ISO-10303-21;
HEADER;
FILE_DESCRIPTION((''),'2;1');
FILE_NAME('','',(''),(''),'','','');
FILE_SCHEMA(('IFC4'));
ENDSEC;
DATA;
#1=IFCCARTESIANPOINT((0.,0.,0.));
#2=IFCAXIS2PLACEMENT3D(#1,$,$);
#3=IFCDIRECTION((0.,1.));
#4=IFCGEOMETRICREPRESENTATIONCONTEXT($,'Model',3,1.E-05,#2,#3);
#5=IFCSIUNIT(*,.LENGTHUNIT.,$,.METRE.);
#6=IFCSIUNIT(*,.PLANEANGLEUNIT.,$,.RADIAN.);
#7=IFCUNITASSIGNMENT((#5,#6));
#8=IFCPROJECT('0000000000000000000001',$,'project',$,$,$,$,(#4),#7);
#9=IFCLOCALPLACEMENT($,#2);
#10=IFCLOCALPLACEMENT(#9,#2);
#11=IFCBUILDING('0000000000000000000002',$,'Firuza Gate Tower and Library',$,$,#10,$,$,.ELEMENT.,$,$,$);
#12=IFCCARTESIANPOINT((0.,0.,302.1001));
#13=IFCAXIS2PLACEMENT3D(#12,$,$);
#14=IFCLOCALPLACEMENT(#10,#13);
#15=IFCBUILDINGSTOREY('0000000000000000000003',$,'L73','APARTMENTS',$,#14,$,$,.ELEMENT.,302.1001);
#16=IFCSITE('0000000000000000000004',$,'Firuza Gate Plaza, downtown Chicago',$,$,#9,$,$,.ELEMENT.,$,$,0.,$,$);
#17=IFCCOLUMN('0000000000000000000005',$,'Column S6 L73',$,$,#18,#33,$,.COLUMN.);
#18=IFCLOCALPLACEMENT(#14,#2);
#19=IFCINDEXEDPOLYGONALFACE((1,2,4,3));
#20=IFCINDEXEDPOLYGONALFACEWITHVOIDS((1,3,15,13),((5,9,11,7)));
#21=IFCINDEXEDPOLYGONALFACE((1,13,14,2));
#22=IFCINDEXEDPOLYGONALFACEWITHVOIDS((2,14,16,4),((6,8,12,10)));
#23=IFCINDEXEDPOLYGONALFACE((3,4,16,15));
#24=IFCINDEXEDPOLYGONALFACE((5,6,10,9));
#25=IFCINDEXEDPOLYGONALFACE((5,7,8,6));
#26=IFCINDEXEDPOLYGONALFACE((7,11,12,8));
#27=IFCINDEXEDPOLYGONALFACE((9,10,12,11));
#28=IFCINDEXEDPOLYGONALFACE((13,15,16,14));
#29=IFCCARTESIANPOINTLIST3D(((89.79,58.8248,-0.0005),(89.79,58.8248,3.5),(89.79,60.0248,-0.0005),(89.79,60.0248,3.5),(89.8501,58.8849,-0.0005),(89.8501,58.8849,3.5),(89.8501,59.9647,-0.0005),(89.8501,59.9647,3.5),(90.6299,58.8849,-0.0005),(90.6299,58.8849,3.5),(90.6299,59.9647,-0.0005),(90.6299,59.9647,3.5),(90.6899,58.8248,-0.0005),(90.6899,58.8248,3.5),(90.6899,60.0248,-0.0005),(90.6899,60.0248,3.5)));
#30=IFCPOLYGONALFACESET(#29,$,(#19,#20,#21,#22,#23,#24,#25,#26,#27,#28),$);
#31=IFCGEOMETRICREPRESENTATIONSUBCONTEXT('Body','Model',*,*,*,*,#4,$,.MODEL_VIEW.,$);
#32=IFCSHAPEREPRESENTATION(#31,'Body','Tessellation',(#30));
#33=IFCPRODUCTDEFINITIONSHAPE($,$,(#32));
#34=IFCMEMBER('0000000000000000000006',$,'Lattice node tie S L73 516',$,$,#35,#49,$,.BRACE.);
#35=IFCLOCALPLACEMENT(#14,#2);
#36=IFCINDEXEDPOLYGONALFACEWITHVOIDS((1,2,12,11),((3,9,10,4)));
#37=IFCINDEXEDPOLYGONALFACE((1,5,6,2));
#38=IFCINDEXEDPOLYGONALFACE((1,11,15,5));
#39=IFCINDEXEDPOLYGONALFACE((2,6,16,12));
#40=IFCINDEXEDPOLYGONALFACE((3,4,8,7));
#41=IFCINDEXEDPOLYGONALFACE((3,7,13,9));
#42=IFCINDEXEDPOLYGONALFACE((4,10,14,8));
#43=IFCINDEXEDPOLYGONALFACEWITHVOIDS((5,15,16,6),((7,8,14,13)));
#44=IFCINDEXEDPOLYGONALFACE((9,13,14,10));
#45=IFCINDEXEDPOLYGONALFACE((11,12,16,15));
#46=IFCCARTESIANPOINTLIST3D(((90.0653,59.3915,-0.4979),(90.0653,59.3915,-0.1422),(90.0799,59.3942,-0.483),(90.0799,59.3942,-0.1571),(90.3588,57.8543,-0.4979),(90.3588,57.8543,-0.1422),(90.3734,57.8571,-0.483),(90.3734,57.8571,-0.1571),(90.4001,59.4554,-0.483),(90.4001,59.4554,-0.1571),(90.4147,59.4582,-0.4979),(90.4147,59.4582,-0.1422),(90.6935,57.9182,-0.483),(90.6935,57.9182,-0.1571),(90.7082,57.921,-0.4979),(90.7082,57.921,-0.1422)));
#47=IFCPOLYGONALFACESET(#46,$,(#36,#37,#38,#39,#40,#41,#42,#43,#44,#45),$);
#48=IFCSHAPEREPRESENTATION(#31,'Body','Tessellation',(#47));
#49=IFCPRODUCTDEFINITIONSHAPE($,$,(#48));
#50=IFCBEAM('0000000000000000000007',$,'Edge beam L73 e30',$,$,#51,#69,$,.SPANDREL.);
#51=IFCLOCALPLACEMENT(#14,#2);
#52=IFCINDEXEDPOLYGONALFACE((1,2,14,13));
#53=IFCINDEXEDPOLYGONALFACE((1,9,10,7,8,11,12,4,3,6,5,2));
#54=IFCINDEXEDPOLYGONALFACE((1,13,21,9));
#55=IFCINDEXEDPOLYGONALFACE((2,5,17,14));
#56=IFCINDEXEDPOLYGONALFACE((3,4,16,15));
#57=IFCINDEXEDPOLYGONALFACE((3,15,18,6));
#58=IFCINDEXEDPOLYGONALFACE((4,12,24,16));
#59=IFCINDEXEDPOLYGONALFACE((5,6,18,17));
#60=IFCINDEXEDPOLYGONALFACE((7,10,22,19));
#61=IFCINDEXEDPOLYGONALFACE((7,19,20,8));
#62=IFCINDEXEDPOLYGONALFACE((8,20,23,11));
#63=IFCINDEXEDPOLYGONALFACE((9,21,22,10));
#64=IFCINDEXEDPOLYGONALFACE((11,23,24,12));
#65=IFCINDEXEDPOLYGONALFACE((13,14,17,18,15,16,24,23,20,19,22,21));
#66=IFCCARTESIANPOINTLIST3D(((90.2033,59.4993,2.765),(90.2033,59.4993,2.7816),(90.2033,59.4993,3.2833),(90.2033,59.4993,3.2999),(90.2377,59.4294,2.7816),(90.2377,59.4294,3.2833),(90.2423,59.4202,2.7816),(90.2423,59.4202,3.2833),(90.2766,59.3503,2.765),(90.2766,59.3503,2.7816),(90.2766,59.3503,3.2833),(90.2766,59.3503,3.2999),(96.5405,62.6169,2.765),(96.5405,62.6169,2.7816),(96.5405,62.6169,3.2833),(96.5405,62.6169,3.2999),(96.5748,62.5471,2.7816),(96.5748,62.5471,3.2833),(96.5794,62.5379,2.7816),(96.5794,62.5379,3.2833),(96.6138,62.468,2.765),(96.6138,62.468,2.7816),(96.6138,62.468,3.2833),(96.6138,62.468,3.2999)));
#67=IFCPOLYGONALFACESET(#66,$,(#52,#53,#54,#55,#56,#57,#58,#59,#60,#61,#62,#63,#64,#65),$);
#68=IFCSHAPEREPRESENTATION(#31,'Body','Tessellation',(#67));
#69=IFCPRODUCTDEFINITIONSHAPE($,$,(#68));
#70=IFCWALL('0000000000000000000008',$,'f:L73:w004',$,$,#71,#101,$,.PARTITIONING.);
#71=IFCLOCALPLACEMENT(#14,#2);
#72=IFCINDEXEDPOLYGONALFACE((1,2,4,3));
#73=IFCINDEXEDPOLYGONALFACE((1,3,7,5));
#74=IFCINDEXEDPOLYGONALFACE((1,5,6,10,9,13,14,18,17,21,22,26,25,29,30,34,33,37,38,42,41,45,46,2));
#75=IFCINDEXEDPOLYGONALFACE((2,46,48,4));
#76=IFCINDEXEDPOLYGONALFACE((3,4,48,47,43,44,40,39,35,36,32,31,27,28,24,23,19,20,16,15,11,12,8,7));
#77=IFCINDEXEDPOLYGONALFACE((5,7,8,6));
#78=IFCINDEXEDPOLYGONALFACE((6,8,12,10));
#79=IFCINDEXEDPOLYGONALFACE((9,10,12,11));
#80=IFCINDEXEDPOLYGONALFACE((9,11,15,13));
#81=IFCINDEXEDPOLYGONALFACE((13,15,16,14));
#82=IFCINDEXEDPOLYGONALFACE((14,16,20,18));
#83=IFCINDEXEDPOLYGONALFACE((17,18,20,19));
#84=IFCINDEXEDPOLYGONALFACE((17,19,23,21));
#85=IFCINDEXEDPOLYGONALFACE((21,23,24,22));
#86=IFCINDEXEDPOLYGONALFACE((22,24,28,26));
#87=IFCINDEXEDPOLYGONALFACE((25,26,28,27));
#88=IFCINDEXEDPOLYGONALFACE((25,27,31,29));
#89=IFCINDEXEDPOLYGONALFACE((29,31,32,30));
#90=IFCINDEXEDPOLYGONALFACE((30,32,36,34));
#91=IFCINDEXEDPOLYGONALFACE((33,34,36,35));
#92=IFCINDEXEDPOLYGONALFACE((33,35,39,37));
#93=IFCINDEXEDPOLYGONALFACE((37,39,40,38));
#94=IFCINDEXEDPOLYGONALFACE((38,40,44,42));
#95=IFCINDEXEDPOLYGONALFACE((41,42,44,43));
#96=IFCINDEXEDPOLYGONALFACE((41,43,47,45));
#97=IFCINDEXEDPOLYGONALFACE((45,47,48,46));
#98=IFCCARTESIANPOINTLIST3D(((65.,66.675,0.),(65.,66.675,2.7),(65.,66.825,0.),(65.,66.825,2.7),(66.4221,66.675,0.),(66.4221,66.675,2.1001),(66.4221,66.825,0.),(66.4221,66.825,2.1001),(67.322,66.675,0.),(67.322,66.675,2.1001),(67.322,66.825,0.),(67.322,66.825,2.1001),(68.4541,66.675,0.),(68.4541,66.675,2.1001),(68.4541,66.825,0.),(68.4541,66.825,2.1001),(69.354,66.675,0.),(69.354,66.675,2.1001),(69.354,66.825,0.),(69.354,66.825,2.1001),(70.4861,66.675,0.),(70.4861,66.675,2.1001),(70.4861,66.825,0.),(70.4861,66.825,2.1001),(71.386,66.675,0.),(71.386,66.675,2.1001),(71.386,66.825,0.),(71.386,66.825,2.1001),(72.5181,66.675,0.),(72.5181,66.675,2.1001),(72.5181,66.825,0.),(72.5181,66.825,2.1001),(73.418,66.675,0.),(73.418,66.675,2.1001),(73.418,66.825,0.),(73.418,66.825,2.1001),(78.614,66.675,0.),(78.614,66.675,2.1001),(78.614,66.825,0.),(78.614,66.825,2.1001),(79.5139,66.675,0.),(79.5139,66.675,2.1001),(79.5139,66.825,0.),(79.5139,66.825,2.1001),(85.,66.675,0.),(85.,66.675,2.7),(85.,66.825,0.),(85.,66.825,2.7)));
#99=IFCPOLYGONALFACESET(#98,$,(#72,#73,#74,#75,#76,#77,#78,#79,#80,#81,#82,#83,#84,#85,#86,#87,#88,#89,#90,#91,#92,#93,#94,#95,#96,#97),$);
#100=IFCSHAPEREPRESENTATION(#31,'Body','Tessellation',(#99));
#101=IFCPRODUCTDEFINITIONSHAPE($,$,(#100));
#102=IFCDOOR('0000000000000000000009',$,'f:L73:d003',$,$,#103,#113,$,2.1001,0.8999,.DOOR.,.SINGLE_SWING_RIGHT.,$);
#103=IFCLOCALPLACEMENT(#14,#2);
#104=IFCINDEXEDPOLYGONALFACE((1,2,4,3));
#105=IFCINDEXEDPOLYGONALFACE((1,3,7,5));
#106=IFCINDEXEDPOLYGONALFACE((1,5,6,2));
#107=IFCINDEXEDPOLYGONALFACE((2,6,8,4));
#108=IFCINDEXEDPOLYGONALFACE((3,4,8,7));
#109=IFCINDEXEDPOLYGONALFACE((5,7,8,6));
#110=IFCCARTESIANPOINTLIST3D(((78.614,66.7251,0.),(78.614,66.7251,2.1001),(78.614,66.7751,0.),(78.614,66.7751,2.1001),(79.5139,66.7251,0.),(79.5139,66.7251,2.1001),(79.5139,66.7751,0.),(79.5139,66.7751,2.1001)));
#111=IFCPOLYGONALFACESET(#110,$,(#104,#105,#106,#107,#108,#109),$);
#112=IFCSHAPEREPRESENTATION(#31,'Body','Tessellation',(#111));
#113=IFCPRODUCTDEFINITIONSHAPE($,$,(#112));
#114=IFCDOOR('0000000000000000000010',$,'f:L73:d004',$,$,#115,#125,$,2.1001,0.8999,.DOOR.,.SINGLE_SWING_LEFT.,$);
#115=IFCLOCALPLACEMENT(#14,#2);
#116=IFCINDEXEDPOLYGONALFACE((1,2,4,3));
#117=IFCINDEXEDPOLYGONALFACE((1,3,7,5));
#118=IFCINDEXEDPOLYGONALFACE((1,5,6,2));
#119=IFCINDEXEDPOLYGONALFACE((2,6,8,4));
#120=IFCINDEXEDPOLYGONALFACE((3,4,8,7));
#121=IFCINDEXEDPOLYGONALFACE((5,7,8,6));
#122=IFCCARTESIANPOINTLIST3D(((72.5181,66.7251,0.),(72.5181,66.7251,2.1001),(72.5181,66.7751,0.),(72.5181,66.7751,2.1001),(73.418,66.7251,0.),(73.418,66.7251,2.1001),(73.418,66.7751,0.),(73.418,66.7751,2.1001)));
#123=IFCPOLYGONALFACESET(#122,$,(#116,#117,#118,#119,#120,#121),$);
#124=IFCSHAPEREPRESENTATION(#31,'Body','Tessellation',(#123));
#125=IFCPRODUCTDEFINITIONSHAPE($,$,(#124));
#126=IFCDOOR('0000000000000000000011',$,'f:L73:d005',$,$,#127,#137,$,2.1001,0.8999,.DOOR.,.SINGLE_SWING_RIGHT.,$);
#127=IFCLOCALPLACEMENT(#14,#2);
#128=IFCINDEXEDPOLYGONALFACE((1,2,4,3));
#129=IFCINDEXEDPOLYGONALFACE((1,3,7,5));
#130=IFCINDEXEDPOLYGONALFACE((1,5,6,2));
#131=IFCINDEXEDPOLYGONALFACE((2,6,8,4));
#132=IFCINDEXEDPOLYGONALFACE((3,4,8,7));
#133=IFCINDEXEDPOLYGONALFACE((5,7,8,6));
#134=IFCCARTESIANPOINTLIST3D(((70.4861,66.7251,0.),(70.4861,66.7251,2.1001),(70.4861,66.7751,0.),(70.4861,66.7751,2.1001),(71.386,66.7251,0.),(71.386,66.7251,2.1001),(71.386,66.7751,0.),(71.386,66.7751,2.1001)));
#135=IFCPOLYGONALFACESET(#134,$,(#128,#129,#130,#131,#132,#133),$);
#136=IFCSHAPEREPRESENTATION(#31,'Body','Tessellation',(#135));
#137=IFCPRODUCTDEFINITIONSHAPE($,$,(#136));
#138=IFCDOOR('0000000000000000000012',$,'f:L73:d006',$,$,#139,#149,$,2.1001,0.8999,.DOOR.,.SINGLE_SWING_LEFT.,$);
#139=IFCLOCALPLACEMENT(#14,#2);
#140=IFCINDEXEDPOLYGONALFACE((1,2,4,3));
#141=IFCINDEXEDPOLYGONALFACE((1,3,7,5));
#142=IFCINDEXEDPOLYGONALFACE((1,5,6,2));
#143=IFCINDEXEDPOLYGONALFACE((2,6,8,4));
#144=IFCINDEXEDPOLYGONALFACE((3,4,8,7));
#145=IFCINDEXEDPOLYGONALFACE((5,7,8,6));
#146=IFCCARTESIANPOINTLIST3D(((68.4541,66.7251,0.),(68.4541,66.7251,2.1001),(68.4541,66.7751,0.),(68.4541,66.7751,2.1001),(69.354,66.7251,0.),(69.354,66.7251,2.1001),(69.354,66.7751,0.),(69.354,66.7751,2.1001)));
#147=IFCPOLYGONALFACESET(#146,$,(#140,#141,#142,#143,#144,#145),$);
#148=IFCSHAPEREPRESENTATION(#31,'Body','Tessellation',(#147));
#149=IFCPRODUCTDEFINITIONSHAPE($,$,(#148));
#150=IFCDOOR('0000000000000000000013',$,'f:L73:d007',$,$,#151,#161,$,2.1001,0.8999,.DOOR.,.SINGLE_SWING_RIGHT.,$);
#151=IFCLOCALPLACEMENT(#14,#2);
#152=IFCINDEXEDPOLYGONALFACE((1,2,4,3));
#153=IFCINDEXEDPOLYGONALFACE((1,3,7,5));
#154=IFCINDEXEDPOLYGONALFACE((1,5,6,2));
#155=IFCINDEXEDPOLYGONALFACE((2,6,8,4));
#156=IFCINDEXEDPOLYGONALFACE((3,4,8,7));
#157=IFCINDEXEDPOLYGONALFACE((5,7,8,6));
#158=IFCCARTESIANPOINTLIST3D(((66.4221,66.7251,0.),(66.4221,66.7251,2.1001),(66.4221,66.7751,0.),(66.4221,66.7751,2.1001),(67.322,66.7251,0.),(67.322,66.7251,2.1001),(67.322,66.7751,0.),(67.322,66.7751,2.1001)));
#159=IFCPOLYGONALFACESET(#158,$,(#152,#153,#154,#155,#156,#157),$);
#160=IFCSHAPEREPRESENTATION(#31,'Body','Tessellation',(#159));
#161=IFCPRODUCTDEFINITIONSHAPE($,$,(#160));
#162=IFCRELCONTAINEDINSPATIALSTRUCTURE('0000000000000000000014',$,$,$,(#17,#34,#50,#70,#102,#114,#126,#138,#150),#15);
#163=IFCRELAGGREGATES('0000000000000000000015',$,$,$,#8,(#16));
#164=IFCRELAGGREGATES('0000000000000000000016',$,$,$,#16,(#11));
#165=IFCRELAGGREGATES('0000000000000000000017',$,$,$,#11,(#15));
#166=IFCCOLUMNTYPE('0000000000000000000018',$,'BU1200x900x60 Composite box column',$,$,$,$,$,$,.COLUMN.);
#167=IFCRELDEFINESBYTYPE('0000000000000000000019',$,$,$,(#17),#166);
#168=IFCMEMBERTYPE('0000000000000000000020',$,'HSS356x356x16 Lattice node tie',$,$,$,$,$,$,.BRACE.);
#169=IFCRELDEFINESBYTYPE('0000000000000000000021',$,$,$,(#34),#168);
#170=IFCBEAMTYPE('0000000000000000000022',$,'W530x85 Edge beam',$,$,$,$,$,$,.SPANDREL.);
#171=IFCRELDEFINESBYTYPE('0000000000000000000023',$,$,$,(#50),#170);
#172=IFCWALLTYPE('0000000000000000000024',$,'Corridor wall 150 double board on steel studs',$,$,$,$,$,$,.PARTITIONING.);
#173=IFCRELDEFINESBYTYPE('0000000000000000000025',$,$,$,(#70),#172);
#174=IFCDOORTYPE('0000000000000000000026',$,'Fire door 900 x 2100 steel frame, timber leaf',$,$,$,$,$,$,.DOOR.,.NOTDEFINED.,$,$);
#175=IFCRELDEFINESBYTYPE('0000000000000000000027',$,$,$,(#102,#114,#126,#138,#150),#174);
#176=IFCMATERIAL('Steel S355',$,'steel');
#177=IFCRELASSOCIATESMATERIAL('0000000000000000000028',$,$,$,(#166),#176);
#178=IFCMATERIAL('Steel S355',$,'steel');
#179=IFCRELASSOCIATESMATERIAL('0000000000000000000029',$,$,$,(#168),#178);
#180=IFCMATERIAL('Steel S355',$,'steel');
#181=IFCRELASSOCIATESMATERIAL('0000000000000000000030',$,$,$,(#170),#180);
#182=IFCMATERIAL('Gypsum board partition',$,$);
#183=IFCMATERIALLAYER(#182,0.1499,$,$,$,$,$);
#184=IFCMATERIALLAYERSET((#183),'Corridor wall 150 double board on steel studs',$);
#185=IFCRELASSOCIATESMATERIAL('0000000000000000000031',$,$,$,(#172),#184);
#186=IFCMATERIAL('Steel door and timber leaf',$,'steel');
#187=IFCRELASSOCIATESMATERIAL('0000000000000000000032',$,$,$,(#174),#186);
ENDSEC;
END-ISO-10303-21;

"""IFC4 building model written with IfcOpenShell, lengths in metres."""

from ifc_helpers import new_model, si_unit, direction, frame, frame_2d, origin, origin_2d, place, context, subcontext, project, spatial, rectangle, hollow_rectangle, i_section, extrude, material, layer, layer_set, material_profile, profile_set, type_object, element, fill, save


model = new_model("IFC4")

# Units and contexts
model_context = context("Model", 3, precision=1e-05, world=origin(), true_north=direction((0.0, 1.0)))
body_context = subcontext(model_context, "Body", "Model", "MODEL_VIEW")
ifc_project = project(units=[si_unit("LENGTHUNIT", "METRE"), si_unit("PLANEANGLEUNIT", "RADIAN")], contexts=[model_context])

# Site, building, storey
site_placement = place(None, origin())
site = spatial("IfcSite", under=ifc_project, at=site_placement, Name="Firuza Gate Plaza, downtown Chicago", CompositionType="ELEMENT", RefElevation=0.0)
building_placement = place(site_placement, origin())
building = spatial("IfcBuilding", under=site, at=building_placement, Name="Firuza Gate Tower and Library", CompositionType="ELEMENT")
storey_placement = place(building_placement, frame((0.0, 0.0, 302.1001)))
storey = spatial("IfcBuildingStorey", under=building, at=storey_placement, Name="L73", Description="APARTMENTS", CompositionType="ELEMENT", Elevation=302.1001)

# Column
ifc_material_1 = material(Name="Steel S355", Category="steel")
ifc_material_profile_1 = material_profile(ifc_material_1, hollow_rectangle(XDim=0.8999, YDim=1.2, WallThickness=0.0601, at=origin_2d()))
ifc_profile_set_1 = profile_set([ifc_material_profile_1], Name="Steel S355")
column_type = type_object("IfcColumnType", Name="BU1200x900x60 Composite box column", PredefinedType="COLUMN", material=ifc_profile_set_1)
column_placement = place(storey_placement, frame((90.24, 59.4248, -0.0005), z_axis=(0.0, 0.0, 1.0), x_axis=(1.0, 0.0, 0.0)))
element("IfcColumn", 1, at=column_placement, inside=storey, type_object=column_type, Name="Column S6 L73", PredefinedType="COLUMN", context=body_context, shape_type="SweptSolid", body=[
    extrude(hollow_rectangle(XDim=0.8999, YDim=1.2, WallThickness=0.0601, at=origin_2d()), origin(), (0.0, 0.0, 1.0), 3.5005),
])

# Member
ifc_material_2 = material(Name="Steel S355", Category="steel")
ifc_material_profile_2 = material_profile(ifc_material_2, hollow_rectangle(XDim=0.3557, YDim=0.3557, WallThickness=0.0149, at=origin_2d()))
ifc_profile_set_2 = profile_set([ifc_material_profile_2], Name="Steel S355")
member_type = type_object("IfcMemberType", Name="HSS356x356x16 Lattice node tie", PredefinedType="BRACE", material=ifc_profile_set_2)
member_placement = place(storey_placement, frame((90.24, 59.4248, -0.3201), z_axis=(0.187528, -0.982259, 0.0), x_axis=(0.982259, 0.187528, 0.0)))
element("IfcMember", 2, at=member_placement, inside=storey, type_object=member_type, Name="Lattice node tie S L73 516", PredefinedType="BRACE", context=body_context, shape_type="SweptSolid", body=[
    extrude(hollow_rectangle(XDim=0.3557, YDim=0.3557, WallThickness=0.0149, at=origin_2d()), origin(), (0.0, 0.0, 1.0), 1.5649),
])

# Beam
ifc_material_3 = material(Name="Steel S355", Category="steel")
ifc_material_profile_3 = material_profile(ifc_material_3, i_section(OverallWidth=0.166, OverallDepth=0.5349, WebThickness=0.0103, FlangeThickness=0.0166, at=origin_2d()))
ifc_profile_set_3 = profile_set([ifc_material_profile_3], Name="Steel S355")
beam_type = type_object("IfcBeamType", Name="W530x85 Edge beam", PredefinedType="SPANDREL", material=ifc_profile_set_3)
beam_placement = place(storey_placement, frame((90.24, 59.4248, 3.0325), z_axis=(0.897292, 0.441438, 0.0), x_axis=(-0.441438, 0.897292, 0.0)))
element("IfcBeam", 3, at=beam_placement, inside=storey, type_object=beam_type, Name="Edge beam L73 e30", PredefinedType="SPANDREL", context=body_context, shape_type="SweptSolid", body=[
    extrude(i_section(OverallWidth=0.166, OverallDepth=0.5349, WebThickness=0.0103, FlangeThickness=0.0166, at=origin_2d()), origin(), (0.0, 0.0, 1.0), 7.0625),
])

# Wall, openings, doors
ifc_material_4 = material(Name="Gypsum board partition")
ifc_layer_1 = layer(ifc_material_4, 0.1499)
ifc_layer_set_1 = layer_set([ifc_layer_1], Name="Corridor wall 150 double board on steel studs")
wall_type_1 = type_object("IfcWallType", Name="Corridor wall 150 double board on steel studs", PredefinedType="PARTITIONING", material=ifc_layer_set_1)
wall_1_placement = place(storey_placement, frame((85.0, 66.75, 0.0), z_axis=(0.0, 0.0, 1.0), x_axis=(-1.0, 0.0, 0.0)))
wall_1 = element("IfcWall", 4, at=wall_1_placement, inside=storey, type_object=wall_type_1, Name="f:L73:w004", PredefinedType="PARTITIONING", context=body_context, shape_type="SweptSolid", body=[
    extrude(rectangle(XDim=20.0, YDim=0.1499, at=frame_2d((10.0, 0.0))), origin(), (0.0, 0.0, 1.0), 2.7),
])
opening_1_placement = place(wall_1_placement, frame((5.4861, 0.0, 0.0)))
opening_1 = element("IfcOpeningElement", 5, at=opening_1_placement, cuts=wall_1, PredefinedType="OPENING", context=body_context, shape_type="SweptSolid", body=[
    extrude(rectangle(XDim=0.8999, YDim=2.1001, at=frame_2d((0.45, 1.05))), frame((0.0, 0.085, 0.0), z_axis=(0.0, -1.0, 0.0), x_axis=(1.0, 0.0, 0.0)), (0.0, 0.0, 1.0), 0.1699),
])
opening_2_placement = place(wall_1_placement, frame((11.582, 0.0, 0.0)))
opening_2 = element("IfcOpeningElement", 6, at=opening_2_placement, cuts=wall_1, PredefinedType="OPENING", context=body_context, shape_type="SweptSolid", body=[
    extrude(rectangle(XDim=0.8999, YDim=2.1001, at=frame_2d((0.45, 1.05))), frame((0.0, 0.085, 0.0), z_axis=(0.0, -1.0, 0.0), x_axis=(1.0, 0.0, 0.0)), (0.0, 0.0, 1.0), 0.1699),
])
opening_3_placement = place(wall_1_placement, frame((13.614, 0.0, 0.0)))
opening_3 = element("IfcOpeningElement", 7, at=opening_3_placement, cuts=wall_1, PredefinedType="OPENING", context=body_context, shape_type="SweptSolid", body=[
    extrude(rectangle(XDim=0.8999, YDim=2.1001, at=frame_2d((0.45, 1.05))), frame((0.0, 0.085, 0.0), z_axis=(0.0, -1.0, 0.0), x_axis=(1.0, 0.0, 0.0)), (0.0, 0.0, 1.0), 0.1699),
])
opening_4_placement = place(wall_1_placement, frame((15.646, 0.0, 0.0)))
opening_4 = element("IfcOpeningElement", 8, at=opening_4_placement, cuts=wall_1, PredefinedType="OPENING", context=body_context, shape_type="SweptSolid", body=[
    extrude(rectangle(XDim=0.8999, YDim=2.1001, at=frame_2d((0.45, 1.05))), frame((0.0, 0.085, 0.0), z_axis=(0.0, -1.0, 0.0), x_axis=(1.0, 0.0, 0.0)), (0.0, 0.0, 1.0), 0.1699),
])
opening_5_placement = place(wall_1_placement, frame((17.678, 0.0, 0.0)))
opening_5 = element("IfcOpeningElement", 9, at=opening_5_placement, cuts=wall_1, PredefinedType="OPENING", context=body_context, shape_type="SweptSolid", body=[
    extrude(rectangle(XDim=0.8999, YDim=2.1001, at=frame_2d((0.45, 1.05))), frame((0.0, 0.085, 0.0), z_axis=(0.0, -1.0, 0.0), x_axis=(1.0, 0.0, 0.0)), (0.0, 0.0, 1.0), 0.1699),
])
ifc_material_5 = material(Name="Steel door and timber leaf", Category="steel")
door_type_1 = type_object("IfcDoorType", Name="Fire door 900 x 2100 steel frame, timber leaf", OperationType="NOTDEFINED", PredefinedType="DOOR", material=ifc_material_5)
door_1_placement = place(opening_1_placement, origin())
door_1 = element("IfcDoor", 10, at=door_1_placement, inside=storey, type_object=door_type_1, Name="f:L73:d003", OperationType="SINGLE_SWING_RIGHT", OverallHeight=2.1001, OverallWidth=0.8999, PredefinedType="DOOR", context=body_context, shape_type="SweptSolid", body=[
    extrude(rectangle(XDim=0.8999, YDim=2.1001, at=frame_2d((0.45, 1.05))), frame((0.0, 0.0249, 0.0), z_axis=(0.0, -1.0, 0.0), x_axis=(1.0, 0.0, 0.0)), (0.0, 0.0, 1.0), 0.05),
])
fill(opening_1, door_1)
door_2_placement = place(opening_2_placement, origin())
door_2 = element("IfcDoor", 11, at=door_2_placement, inside=storey, type_object=door_type_1, Name="f:L73:d004", OperationType="SINGLE_SWING_LEFT", OverallHeight=2.1001, OverallWidth=0.8999, PredefinedType="DOOR", context=body_context, shape_type="SweptSolid", body=[
    extrude(rectangle(XDim=0.8999, YDim=2.1001, at=frame_2d((0.45, 1.05))), frame((0.0, 0.0249, 0.0), z_axis=(0.0, -1.0, 0.0), x_axis=(1.0, 0.0, 0.0)), (0.0, 0.0, 1.0), 0.05),
])
fill(opening_2, door_2)
door_3_placement = place(opening_3_placement, origin())
door_3 = element("IfcDoor", 12, at=door_3_placement, inside=storey, type_object=door_type_1, Name="f:L73:d005", OperationType="SINGLE_SWING_RIGHT", OverallHeight=2.1001, OverallWidth=0.8999, PredefinedType="DOOR", context=body_context, shape_type="SweptSolid", body=[
    extrude(rectangle(XDim=0.8999, YDim=2.1001, at=frame_2d((0.45, 1.05))), frame((0.0, 0.0249, 0.0), z_axis=(0.0, -1.0, 0.0), x_axis=(1.0, 0.0, 0.0)), (0.0, 0.0, 1.0), 0.05),
])
fill(opening_3, door_3)
door_4_placement = place(opening_4_placement, origin())
door_4 = element("IfcDoor", 13, at=door_4_placement, inside=storey, type_object=door_type_1, Name="f:L73:d006", OperationType="SINGLE_SWING_LEFT", OverallHeight=2.1001, OverallWidth=0.8999, PredefinedType="DOOR", context=body_context, shape_type="SweptSolid", body=[
    extrude(rectangle(XDim=0.8999, YDim=2.1001, at=frame_2d((0.45, 1.05))), frame((0.0, 0.0249, 0.0), z_axis=(0.0, -1.0, 0.0), x_axis=(1.0, 0.0, 0.0)), (0.0, 0.0, 1.0), 0.05),
])
fill(opening_4, door_4)
door_5_placement = place(opening_5_placement, origin())
door_5 = element("IfcDoor", 14, at=door_5_placement, inside=storey, type_object=door_type_1, Name="f:L73:d007", OperationType="SINGLE_SWING_RIGHT", OverallHeight=2.1001, OverallWidth=0.8999, PredefinedType="DOOR", context=body_context, shape_type="SweptSolid", body=[
    extrude(rectangle(XDim=0.8999, YDim=2.1001, at=frame_2d((0.45, 1.05))), frame((0.0, 0.0249, 0.0), z_axis=(0.0, -1.0, 0.0), x_axis=(1.0, 0.0, 0.0)), (0.0, 0.0, 1.0), 0.05),
])
fill(opening_5, door_5)

save(model, "model.ifc")
